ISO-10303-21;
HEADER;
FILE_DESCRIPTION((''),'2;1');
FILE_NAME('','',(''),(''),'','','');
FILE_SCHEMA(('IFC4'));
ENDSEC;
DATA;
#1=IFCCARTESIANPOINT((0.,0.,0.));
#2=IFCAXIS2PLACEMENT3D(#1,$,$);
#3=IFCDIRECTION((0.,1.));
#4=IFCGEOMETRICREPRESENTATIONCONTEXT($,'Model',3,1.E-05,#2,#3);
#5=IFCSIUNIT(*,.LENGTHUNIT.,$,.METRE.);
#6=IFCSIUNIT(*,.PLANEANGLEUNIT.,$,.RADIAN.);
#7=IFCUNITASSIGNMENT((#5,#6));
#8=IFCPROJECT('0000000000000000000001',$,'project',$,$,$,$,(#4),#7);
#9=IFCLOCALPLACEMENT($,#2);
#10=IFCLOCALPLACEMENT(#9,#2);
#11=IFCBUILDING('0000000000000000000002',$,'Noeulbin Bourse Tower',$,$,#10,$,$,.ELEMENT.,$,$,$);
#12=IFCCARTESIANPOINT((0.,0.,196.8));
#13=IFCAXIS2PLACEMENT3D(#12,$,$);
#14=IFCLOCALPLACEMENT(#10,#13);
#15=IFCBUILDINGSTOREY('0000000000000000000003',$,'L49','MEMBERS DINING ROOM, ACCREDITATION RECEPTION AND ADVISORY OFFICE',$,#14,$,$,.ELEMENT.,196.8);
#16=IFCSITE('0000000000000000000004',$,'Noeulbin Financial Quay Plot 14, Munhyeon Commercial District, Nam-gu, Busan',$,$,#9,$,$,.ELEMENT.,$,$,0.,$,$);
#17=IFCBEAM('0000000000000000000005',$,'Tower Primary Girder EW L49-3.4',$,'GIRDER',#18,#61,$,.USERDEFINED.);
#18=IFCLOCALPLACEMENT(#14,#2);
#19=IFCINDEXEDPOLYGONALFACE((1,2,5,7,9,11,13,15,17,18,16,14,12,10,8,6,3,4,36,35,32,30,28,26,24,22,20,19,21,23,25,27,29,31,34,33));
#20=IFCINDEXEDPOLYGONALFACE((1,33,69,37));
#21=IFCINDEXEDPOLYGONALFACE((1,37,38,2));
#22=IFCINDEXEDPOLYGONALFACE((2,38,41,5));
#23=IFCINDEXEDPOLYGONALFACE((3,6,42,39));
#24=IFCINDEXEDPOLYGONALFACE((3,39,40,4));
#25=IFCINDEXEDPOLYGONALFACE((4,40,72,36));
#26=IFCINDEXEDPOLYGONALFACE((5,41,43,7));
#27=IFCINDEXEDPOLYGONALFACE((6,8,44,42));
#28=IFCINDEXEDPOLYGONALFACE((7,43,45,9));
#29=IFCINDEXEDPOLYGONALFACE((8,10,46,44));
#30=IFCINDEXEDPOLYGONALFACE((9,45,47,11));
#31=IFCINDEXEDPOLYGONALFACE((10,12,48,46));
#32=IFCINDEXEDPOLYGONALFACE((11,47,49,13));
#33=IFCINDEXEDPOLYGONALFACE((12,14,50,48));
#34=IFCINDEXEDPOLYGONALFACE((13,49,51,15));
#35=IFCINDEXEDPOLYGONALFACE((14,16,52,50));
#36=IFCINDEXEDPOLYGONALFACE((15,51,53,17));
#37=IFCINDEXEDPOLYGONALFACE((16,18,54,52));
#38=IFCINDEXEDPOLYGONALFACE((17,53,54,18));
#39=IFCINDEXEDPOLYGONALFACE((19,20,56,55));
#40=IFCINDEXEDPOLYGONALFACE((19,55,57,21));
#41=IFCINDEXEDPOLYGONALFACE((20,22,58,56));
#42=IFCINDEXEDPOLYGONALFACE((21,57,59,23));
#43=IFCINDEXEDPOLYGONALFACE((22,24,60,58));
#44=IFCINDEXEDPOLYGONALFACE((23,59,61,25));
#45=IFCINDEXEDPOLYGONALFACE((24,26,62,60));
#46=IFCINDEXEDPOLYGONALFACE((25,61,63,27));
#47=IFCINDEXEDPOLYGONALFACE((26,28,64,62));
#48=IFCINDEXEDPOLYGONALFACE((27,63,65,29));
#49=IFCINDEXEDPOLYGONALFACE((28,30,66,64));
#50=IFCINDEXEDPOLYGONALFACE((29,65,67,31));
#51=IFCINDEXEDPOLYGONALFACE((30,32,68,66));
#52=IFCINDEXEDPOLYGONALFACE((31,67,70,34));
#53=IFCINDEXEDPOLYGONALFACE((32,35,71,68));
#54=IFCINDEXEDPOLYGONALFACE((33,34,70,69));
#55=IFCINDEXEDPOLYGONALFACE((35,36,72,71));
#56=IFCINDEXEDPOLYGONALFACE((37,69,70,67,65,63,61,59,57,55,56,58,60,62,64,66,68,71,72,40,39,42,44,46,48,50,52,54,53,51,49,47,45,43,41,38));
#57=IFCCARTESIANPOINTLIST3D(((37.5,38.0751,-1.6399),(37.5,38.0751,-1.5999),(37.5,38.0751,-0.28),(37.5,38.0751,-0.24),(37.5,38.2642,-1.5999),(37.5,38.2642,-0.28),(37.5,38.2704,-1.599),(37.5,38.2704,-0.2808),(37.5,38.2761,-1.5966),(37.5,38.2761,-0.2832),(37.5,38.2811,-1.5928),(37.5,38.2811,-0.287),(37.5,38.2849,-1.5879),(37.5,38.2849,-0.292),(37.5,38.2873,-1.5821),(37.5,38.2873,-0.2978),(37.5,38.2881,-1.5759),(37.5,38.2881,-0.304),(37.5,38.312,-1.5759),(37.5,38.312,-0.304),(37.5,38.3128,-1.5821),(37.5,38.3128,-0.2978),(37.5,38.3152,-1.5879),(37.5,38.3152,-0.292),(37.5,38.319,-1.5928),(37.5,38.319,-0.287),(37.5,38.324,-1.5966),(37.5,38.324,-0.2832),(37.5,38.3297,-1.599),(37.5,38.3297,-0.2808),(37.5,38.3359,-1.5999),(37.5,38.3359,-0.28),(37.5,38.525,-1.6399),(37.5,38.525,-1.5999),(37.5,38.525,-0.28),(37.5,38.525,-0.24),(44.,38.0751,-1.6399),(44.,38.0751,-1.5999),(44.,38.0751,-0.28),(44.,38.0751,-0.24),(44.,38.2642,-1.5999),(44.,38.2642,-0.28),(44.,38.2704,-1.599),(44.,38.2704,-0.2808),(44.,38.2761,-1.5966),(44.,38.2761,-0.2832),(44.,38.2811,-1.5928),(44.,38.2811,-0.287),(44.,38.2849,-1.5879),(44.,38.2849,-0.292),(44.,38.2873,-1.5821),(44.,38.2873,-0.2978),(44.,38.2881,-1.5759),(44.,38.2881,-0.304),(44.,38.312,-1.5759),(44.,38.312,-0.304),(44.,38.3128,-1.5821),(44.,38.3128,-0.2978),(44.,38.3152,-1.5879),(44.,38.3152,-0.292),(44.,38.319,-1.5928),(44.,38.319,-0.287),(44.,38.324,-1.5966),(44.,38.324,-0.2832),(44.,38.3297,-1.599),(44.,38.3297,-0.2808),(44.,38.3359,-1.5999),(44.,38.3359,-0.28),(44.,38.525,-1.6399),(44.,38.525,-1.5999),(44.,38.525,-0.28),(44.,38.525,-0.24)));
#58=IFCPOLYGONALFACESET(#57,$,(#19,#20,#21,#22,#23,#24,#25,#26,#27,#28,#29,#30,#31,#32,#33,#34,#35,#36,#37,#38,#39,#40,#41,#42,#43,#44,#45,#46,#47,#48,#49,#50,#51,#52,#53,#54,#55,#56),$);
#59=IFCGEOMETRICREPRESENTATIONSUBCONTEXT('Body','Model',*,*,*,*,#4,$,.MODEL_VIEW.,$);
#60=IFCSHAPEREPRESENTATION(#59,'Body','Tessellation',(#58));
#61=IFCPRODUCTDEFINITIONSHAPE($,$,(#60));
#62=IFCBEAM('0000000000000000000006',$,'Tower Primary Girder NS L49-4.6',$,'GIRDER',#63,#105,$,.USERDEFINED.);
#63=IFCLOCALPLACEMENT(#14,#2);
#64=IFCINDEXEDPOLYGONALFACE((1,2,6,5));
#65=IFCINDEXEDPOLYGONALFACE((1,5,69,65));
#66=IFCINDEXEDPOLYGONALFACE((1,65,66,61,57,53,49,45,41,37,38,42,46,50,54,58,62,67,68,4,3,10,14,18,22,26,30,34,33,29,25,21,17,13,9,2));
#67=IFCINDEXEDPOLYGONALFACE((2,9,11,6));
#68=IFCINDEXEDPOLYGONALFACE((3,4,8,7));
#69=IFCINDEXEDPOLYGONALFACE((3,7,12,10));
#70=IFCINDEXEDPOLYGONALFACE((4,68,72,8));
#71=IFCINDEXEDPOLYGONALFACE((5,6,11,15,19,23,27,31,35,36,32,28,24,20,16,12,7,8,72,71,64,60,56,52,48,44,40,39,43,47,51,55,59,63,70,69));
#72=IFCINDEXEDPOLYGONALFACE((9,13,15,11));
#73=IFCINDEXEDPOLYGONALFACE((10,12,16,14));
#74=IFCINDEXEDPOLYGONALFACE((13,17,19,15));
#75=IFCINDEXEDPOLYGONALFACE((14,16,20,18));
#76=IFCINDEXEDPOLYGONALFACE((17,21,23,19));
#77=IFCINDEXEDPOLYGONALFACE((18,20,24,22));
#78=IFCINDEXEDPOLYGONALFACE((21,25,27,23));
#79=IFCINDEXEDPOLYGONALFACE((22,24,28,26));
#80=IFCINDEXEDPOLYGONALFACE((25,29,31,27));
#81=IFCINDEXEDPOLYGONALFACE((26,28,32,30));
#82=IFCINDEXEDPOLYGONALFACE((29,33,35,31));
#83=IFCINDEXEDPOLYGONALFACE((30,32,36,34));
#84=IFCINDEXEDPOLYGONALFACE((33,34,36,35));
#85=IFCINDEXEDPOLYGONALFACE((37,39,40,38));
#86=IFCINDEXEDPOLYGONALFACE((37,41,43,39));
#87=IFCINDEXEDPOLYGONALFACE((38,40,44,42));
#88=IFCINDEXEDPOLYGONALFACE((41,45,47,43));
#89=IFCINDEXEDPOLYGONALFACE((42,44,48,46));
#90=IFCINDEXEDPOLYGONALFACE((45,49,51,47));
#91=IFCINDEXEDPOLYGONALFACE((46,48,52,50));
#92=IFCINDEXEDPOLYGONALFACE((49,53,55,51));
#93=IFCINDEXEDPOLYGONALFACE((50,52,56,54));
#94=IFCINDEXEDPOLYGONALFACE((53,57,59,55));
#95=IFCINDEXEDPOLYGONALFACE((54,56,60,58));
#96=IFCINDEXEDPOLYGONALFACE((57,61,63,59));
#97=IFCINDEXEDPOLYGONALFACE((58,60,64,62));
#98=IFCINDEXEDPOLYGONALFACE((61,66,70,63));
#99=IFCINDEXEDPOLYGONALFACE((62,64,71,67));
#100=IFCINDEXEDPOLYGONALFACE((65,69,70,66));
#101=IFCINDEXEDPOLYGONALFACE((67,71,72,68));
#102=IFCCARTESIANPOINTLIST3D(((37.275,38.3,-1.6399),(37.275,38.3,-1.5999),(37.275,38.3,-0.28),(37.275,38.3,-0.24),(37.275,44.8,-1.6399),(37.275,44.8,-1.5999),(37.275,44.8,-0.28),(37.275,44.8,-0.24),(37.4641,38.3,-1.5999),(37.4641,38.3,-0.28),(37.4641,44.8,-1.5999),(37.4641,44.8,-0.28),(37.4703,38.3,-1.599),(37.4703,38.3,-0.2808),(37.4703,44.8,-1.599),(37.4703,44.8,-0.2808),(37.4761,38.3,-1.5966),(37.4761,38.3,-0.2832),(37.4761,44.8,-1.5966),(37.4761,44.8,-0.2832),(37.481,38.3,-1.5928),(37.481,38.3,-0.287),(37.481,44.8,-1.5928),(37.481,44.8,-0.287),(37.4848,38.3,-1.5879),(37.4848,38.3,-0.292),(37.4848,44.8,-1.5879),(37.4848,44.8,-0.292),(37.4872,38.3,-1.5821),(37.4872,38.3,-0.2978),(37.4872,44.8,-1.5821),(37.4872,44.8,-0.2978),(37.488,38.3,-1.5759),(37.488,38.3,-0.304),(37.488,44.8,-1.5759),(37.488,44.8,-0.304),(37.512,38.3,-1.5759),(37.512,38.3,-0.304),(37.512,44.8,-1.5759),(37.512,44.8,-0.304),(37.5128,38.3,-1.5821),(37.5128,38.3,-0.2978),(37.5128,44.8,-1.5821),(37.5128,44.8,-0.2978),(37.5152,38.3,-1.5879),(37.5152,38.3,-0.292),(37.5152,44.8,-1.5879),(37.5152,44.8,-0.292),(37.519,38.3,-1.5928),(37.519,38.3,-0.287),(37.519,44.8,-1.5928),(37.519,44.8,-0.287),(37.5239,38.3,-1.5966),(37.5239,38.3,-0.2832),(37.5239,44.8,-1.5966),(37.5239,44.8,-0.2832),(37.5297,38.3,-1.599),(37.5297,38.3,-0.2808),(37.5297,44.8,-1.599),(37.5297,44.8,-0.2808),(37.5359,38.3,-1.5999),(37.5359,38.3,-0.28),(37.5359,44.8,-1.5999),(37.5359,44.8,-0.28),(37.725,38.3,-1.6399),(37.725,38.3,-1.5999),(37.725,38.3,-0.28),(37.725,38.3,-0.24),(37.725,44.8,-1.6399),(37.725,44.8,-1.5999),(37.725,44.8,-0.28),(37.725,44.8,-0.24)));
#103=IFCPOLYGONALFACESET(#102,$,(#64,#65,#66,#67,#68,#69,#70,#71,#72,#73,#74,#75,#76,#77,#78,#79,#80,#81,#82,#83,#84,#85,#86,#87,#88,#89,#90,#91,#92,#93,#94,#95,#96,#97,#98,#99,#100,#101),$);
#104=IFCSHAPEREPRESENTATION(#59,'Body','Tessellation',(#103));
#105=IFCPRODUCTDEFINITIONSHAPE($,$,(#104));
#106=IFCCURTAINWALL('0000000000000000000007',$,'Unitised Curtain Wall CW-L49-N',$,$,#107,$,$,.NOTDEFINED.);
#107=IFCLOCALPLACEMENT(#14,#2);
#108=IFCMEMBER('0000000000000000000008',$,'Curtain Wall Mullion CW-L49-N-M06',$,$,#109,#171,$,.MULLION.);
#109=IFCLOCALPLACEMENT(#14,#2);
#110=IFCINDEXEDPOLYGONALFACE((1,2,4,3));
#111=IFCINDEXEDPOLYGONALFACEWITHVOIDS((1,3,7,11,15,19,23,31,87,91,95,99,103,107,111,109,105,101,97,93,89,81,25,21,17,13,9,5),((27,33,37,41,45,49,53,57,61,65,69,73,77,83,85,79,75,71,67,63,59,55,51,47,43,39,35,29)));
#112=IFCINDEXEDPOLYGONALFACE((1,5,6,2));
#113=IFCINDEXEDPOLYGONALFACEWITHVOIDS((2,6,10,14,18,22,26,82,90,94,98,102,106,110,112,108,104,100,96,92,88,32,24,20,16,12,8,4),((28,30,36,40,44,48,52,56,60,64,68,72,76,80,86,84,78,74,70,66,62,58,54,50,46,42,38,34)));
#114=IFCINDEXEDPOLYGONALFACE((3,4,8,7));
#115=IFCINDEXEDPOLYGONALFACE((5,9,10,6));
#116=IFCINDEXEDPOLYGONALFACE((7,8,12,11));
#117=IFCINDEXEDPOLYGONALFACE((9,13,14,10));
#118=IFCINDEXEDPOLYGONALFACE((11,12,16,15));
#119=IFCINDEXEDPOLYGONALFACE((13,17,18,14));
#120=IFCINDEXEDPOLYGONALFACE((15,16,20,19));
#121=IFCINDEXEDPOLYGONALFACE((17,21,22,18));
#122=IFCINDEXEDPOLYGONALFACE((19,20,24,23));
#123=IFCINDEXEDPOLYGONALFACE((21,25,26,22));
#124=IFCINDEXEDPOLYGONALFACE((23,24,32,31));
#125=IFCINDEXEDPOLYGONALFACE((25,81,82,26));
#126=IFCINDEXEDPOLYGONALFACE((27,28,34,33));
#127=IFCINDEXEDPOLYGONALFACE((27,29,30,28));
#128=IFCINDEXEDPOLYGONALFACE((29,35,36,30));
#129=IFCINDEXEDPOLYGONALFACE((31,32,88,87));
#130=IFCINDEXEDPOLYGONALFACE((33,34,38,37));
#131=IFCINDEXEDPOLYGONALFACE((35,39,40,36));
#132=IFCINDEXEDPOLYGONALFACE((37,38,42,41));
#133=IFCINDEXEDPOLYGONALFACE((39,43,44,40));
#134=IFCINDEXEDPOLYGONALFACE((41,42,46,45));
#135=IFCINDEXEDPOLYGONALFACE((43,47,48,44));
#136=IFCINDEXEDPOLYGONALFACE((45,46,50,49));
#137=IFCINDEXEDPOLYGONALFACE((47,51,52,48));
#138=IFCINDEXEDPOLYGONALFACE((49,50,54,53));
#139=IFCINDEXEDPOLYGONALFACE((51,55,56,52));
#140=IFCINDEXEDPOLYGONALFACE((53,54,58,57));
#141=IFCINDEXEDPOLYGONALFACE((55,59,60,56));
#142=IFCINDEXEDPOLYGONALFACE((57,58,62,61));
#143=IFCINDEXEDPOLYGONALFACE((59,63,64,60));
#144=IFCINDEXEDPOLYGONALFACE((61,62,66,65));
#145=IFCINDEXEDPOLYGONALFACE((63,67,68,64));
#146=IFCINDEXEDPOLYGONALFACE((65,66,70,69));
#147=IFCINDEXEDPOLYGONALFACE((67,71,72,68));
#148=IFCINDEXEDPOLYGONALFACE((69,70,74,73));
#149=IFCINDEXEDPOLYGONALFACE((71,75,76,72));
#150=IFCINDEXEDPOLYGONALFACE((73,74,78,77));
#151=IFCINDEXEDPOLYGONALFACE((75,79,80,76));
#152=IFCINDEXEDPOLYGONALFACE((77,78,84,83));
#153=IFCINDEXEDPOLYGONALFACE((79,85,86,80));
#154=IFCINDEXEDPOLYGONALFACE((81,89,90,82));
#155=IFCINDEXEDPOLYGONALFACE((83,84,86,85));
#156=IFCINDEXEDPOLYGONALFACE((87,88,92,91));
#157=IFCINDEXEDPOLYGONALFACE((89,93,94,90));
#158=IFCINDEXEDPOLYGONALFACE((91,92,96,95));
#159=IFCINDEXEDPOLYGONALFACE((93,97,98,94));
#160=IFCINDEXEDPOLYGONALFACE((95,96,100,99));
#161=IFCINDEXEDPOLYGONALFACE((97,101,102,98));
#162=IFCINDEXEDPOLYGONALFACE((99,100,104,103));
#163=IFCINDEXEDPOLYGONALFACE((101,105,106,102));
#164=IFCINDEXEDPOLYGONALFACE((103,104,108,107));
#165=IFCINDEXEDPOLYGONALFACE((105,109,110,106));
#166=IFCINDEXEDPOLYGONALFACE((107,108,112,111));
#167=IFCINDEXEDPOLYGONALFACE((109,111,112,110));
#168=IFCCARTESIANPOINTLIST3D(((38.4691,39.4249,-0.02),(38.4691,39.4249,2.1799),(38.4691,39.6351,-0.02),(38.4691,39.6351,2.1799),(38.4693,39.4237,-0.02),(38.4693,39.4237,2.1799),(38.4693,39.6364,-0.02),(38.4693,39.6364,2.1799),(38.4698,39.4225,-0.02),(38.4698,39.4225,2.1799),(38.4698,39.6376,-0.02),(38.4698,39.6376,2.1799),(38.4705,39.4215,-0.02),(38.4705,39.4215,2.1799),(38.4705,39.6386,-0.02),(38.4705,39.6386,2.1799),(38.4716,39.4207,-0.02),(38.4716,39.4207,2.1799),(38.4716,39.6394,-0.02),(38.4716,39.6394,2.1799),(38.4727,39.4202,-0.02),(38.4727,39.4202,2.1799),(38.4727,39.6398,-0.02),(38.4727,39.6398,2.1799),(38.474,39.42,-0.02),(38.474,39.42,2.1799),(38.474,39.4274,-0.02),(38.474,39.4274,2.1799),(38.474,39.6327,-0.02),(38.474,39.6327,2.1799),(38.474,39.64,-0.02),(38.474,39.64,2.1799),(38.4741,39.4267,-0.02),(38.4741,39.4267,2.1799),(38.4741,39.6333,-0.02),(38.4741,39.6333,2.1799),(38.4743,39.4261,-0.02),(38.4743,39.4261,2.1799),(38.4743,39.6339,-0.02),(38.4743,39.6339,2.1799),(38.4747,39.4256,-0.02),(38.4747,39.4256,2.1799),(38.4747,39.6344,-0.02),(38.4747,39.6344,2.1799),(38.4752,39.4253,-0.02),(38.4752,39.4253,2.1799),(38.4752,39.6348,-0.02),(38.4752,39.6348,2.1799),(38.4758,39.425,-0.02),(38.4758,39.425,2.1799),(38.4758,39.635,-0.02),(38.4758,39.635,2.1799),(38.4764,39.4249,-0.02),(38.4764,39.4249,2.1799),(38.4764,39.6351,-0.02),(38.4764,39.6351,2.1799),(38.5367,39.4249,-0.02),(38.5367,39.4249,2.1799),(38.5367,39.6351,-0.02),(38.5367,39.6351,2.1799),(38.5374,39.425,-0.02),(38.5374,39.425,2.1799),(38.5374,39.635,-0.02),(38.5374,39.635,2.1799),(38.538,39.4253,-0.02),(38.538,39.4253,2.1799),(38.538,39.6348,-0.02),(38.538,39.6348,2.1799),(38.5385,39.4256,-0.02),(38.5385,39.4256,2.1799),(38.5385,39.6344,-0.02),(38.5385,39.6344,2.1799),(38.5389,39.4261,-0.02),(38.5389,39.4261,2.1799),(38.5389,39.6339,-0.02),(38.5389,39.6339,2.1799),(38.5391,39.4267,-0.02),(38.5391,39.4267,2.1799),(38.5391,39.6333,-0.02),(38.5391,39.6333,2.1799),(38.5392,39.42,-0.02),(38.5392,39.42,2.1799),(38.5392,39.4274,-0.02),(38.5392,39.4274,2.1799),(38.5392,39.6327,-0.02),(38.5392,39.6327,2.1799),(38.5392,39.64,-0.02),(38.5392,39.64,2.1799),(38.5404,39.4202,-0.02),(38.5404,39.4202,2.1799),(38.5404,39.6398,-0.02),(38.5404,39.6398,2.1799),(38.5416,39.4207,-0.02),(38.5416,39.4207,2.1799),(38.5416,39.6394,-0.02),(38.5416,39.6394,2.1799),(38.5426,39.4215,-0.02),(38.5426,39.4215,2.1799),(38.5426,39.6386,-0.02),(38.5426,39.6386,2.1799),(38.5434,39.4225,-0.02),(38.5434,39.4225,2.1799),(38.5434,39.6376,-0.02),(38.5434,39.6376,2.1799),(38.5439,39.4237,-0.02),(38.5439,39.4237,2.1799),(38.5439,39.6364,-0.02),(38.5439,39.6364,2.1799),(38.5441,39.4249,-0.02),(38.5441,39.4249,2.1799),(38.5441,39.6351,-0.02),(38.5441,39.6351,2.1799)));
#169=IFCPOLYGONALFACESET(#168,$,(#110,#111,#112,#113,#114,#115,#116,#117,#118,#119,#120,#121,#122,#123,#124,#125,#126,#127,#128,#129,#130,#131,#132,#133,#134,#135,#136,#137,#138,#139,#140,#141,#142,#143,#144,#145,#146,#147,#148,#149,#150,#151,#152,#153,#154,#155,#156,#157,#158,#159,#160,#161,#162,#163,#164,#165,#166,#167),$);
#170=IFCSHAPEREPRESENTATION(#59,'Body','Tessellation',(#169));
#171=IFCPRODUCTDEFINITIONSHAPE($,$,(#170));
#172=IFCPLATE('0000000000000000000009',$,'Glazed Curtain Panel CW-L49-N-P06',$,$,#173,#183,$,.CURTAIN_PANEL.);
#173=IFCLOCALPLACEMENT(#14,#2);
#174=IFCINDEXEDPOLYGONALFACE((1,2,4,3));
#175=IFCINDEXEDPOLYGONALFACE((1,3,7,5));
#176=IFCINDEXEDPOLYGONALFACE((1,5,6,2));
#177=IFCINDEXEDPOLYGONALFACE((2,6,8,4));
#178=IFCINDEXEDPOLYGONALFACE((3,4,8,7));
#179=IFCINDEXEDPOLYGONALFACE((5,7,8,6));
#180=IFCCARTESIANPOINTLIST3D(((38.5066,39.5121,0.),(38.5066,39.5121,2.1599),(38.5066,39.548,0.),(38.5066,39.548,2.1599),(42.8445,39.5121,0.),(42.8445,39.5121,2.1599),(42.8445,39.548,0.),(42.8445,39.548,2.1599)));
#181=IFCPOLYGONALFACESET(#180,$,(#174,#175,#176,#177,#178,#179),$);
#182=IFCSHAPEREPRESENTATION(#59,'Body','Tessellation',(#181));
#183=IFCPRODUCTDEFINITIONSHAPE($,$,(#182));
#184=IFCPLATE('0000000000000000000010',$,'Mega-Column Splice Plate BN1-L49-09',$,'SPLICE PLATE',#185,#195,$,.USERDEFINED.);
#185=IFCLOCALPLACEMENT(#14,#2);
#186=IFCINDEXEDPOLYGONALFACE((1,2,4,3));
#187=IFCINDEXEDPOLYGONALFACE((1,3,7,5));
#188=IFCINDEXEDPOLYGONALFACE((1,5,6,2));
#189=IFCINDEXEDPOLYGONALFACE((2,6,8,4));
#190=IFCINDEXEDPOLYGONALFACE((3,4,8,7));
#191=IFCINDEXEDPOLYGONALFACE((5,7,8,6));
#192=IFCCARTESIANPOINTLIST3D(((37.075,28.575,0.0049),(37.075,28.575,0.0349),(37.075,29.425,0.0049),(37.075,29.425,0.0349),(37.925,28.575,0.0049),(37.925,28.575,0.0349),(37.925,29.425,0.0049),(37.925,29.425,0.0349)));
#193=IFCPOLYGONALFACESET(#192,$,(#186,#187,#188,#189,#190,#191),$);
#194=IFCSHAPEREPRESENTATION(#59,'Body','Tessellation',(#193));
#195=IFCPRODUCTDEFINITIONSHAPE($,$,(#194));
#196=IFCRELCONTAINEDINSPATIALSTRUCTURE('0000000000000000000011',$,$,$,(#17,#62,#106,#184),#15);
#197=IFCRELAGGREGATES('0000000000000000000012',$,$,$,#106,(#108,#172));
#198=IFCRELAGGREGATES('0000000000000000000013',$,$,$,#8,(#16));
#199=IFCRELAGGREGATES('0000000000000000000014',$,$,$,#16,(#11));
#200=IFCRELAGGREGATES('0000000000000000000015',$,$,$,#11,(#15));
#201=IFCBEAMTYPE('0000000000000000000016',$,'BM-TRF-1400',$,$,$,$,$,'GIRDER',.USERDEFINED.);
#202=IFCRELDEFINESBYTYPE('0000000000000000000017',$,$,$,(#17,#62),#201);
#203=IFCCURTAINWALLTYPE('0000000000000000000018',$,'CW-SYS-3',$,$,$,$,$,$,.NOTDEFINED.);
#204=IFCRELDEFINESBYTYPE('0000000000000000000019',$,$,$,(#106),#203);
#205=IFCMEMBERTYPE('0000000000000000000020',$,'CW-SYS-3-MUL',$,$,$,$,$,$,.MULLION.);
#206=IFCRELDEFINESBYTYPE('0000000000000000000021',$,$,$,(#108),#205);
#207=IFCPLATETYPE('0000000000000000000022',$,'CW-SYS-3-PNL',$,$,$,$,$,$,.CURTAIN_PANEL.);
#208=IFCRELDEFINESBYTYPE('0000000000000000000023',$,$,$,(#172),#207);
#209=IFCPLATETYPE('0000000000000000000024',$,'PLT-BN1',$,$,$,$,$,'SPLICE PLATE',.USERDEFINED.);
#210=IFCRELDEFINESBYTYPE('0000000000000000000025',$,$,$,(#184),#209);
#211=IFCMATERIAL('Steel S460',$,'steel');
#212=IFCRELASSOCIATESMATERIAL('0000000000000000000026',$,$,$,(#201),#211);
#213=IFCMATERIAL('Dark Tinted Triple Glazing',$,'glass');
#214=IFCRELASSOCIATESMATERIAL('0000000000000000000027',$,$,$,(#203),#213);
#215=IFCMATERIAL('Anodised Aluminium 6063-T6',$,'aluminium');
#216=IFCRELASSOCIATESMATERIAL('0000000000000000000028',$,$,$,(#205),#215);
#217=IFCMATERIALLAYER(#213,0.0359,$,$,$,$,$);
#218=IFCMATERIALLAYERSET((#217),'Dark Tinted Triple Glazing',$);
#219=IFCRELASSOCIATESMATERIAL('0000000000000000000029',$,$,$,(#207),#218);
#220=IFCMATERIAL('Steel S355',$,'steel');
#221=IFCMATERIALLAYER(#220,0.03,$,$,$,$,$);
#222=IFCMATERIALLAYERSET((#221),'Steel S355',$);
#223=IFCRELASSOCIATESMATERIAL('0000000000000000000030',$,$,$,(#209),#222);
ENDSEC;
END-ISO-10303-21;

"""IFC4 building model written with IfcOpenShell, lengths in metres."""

from ifc_helpers import new_model, si_unit, direction, frame, origin, origin_2d, place, context, subcontext, project, spatial, rectangle, hollow_rectangle, i_section, extrude, material, layer, layer_set, material_profile, profile_set, type_object, element, aggregate, save


model = new_model("IFC4")

# Units and contexts
model_context = context("Model", 3, precision=1e-05, world=origin(), true_north=direction((0.0, 1.0)))
body_context = subcontext(model_context, "Body", "Model", "MODEL_VIEW")
ifc_project = project(units=[si_unit("LENGTHUNIT", "METRE"), si_unit("PLANEANGLEUNIT", "RADIAN")], contexts=[model_context])

# Site, building, storey
site_placement = place(None, origin())
site = spatial("IfcSite", under=ifc_project, at=site_placement, Name="Noeulbin Financial Quay Plot 14, Munhyeon Commercial District, Nam-gu, Busan", CompositionType="ELEMENT", RefElevation=0.0)
building_placement = place(site_placement, origin())
building = spatial("IfcBuilding", under=site, at=building_placement, Name="Noeulbin Bourse Tower", CompositionType="ELEMENT")
storey_placement = place(building_placement, frame((0.0, 0.0, 196.8)))
storey = spatial("IfcBuildingStorey", under=building, at=storey_placement, Name="L49", Description="MEMBERS DINING ROOM, ACCREDITATION RECEPTION AND ADVISORY OFFICE", CompositionType="ELEMENT", Elevation=196.8)

# Shared definitions
ifc_material_1 = material(Name="Steel S460", Category="steel")

# Beams
ifc_material_2 = material(Name="Steel S355", Category="steel")
ifc_material_profile_1 = material_profile(ifc_material_1, i_section(OverallWidth=0.45, OverallDepth=1.3999, WebThickness=0.0239, FlangeThickness=0.04, FilletRadius=0.0239, at=origin_2d()), Name="PG-1400x450x24x40", Category="LoadBearing")
ifc_profile_set_1 = profile_set([ifc_material_profile_1], Name="Steel S460")
beam_type_1 = type_object("IfcBeamType", Name="BM-TRF-1400", ElementType="GIRDER", PredefinedType="USERDEFINED", material=ifc_profile_set_1)
for number, where, z_axis, x_axis, name in (
    (1, (37.5, 38.3, -0.9399), (1.0, 0.0, 0.0), (0.0, 1.0, 0.0), "Tower Primary Girder EW L49-3.4"),
    (2, (37.5, 38.3, -0.9399), (0.0, 1.0, 0.0), (-1.0, 0.0, 0.0), "Tower Primary Girder NS L49-4.6"),
):
    element("IfcBeam", number, at=place(storey_placement, frame(where, z_axis=z_axis, x_axis=x_axis)), inside=storey, type_object=beam_type_1, Name=name, ObjectType="GIRDER", PredefinedType="USERDEFINED", context=body_context, shape_type="SweptSolid", body=[
        extrude(i_section(OverallWidth=0.45, OverallDepth=1.3999, WebThickness=0.0239, FlangeThickness=0.04, FilletRadius=0.0239, at=origin_2d()), origin(), (0.0, 0.0, 1.0), 6.5),
    ])

# Curtain wall, member, plate
ifc_material_3 = material(Name="Dark Tinted Triple Glazing", Category="glass")
curtain_wall_type = type_object("IfcCurtainWallType", Name="CW-SYS-3", PredefinedType="NOTDEFINED", material=ifc_material_3)
curtain_wall_placement = place(storey_placement, origin())
curtain_wall = element("IfcCurtainWall", 3, at=curtain_wall_placement, inside=storey, type_object=curtain_wall_type, Name="Unitised Curtain Wall CW-L49-N", PredefinedType="NOTDEFINED")
ifc_material_4 = material(Name="Anodised Aluminium 6063-T6", Category="aluminium")
ifc_material_profile_2 = material_profile(ifc_material_4, hollow_rectangle(XDim=0.075, YDim=0.22, WallThickness=0.0049, InnerFilletRadius=0.0024, OuterFilletRadius=0.0049, at=origin_2d()), Name="ALU-MULL-75x220x5", Category="LoadBearing")
ifc_profile_set_2 = profile_set([ifc_material_profile_2], Name="Anodised Aluminium 6063-T6")
member_type = type_object("IfcMemberType", Name="CW-SYS-3-MUL", PredefinedType="MULLION", material=ifc_profile_set_2)
member_placement = place(storey_placement, frame((38.5066, 39.53, -0.02), z_axis=(0.0, 0.0, 1.0), x_axis=(1.0, 0.0, 0.0)))
member = element("IfcMember", 4, at=member_placement, type_object=member_type, Name="Curtain Wall Mullion CW-L49-N-M06", PredefinedType="MULLION", context=body_context, shape_type="SweptSolid", body=[
    extrude(hollow_rectangle(XDim=0.075, YDim=0.22, WallThickness=0.0049, InnerFilletRadius=0.0024, OuterFilletRadius=0.0049, at=origin_2d()), origin(), (0.0, 0.0, 1.0), 2.2),
])
ifc_layer_1 = layer(ifc_material_3, 0.0359)
ifc_layer_set_1 = layer_set([ifc_layer_1], Name="Dark Tinted Triple Glazing")
plate_type_1 = type_object("IfcPlateType", Name="CW-SYS-3-PNL", PredefinedType="CURTAIN_PANEL", material=ifc_layer_set_1)
plate_placement = place(storey_placement, frame((40.6755, 39.53, 0.0), z_axis=(0.0, 0.0, 1.0), x_axis=(1.0, 0.0, 0.0)))
plate = element("IfcPlate", 5, at=plate_placement, type_object=plate_type_1, Name="Glazed Curtain Panel CW-L49-N-P06", PredefinedType="CURTAIN_PANEL", context=body_context, shape_type="SweptSolid", body=[
    extrude(rectangle(XDim=4.3379, YDim=0.0359, at=origin_2d()), origin(), (0.0, 0.0, 1.0), 2.1599),
])
aggregate(curtain_wall, [member, plate])

# Plate
ifc_layer_2 = layer(ifc_material_2, 0.03)
ifc_layer_set_2 = layer_set([ifc_layer_2], Name="Steel S355")
plate_type_2 = type_object("IfcPlateType", Name="PLT-BN1", ElementType="SPLICE PLATE", PredefinedType="USERDEFINED", material=ifc_layer_set_2)
for number, where, z_axis, x_axis, name in (
    (6, (37.5, 29.0, 0.0049), (0.0, 0.0, 1.0), (1.0, 0.0, 0.0), "Mega-Column Splice Plate BN1-L49-09"),
):
    element("IfcPlate", number, at=place(storey_placement, frame(where, z_axis=z_axis, x_axis=x_axis)), inside=storey, type_object=plate_type_2, Name=name, ObjectType="SPLICE PLATE", PredefinedType="USERDEFINED", context=body_context, shape_type="SweptSolid", body=[
        extrude(rectangle(XDim=0.8501, YDim=0.8501, at=origin_2d()), origin(), (0.0, 0.0, 1.0), 0.03),
    ])

save(model, "model.ifc")
